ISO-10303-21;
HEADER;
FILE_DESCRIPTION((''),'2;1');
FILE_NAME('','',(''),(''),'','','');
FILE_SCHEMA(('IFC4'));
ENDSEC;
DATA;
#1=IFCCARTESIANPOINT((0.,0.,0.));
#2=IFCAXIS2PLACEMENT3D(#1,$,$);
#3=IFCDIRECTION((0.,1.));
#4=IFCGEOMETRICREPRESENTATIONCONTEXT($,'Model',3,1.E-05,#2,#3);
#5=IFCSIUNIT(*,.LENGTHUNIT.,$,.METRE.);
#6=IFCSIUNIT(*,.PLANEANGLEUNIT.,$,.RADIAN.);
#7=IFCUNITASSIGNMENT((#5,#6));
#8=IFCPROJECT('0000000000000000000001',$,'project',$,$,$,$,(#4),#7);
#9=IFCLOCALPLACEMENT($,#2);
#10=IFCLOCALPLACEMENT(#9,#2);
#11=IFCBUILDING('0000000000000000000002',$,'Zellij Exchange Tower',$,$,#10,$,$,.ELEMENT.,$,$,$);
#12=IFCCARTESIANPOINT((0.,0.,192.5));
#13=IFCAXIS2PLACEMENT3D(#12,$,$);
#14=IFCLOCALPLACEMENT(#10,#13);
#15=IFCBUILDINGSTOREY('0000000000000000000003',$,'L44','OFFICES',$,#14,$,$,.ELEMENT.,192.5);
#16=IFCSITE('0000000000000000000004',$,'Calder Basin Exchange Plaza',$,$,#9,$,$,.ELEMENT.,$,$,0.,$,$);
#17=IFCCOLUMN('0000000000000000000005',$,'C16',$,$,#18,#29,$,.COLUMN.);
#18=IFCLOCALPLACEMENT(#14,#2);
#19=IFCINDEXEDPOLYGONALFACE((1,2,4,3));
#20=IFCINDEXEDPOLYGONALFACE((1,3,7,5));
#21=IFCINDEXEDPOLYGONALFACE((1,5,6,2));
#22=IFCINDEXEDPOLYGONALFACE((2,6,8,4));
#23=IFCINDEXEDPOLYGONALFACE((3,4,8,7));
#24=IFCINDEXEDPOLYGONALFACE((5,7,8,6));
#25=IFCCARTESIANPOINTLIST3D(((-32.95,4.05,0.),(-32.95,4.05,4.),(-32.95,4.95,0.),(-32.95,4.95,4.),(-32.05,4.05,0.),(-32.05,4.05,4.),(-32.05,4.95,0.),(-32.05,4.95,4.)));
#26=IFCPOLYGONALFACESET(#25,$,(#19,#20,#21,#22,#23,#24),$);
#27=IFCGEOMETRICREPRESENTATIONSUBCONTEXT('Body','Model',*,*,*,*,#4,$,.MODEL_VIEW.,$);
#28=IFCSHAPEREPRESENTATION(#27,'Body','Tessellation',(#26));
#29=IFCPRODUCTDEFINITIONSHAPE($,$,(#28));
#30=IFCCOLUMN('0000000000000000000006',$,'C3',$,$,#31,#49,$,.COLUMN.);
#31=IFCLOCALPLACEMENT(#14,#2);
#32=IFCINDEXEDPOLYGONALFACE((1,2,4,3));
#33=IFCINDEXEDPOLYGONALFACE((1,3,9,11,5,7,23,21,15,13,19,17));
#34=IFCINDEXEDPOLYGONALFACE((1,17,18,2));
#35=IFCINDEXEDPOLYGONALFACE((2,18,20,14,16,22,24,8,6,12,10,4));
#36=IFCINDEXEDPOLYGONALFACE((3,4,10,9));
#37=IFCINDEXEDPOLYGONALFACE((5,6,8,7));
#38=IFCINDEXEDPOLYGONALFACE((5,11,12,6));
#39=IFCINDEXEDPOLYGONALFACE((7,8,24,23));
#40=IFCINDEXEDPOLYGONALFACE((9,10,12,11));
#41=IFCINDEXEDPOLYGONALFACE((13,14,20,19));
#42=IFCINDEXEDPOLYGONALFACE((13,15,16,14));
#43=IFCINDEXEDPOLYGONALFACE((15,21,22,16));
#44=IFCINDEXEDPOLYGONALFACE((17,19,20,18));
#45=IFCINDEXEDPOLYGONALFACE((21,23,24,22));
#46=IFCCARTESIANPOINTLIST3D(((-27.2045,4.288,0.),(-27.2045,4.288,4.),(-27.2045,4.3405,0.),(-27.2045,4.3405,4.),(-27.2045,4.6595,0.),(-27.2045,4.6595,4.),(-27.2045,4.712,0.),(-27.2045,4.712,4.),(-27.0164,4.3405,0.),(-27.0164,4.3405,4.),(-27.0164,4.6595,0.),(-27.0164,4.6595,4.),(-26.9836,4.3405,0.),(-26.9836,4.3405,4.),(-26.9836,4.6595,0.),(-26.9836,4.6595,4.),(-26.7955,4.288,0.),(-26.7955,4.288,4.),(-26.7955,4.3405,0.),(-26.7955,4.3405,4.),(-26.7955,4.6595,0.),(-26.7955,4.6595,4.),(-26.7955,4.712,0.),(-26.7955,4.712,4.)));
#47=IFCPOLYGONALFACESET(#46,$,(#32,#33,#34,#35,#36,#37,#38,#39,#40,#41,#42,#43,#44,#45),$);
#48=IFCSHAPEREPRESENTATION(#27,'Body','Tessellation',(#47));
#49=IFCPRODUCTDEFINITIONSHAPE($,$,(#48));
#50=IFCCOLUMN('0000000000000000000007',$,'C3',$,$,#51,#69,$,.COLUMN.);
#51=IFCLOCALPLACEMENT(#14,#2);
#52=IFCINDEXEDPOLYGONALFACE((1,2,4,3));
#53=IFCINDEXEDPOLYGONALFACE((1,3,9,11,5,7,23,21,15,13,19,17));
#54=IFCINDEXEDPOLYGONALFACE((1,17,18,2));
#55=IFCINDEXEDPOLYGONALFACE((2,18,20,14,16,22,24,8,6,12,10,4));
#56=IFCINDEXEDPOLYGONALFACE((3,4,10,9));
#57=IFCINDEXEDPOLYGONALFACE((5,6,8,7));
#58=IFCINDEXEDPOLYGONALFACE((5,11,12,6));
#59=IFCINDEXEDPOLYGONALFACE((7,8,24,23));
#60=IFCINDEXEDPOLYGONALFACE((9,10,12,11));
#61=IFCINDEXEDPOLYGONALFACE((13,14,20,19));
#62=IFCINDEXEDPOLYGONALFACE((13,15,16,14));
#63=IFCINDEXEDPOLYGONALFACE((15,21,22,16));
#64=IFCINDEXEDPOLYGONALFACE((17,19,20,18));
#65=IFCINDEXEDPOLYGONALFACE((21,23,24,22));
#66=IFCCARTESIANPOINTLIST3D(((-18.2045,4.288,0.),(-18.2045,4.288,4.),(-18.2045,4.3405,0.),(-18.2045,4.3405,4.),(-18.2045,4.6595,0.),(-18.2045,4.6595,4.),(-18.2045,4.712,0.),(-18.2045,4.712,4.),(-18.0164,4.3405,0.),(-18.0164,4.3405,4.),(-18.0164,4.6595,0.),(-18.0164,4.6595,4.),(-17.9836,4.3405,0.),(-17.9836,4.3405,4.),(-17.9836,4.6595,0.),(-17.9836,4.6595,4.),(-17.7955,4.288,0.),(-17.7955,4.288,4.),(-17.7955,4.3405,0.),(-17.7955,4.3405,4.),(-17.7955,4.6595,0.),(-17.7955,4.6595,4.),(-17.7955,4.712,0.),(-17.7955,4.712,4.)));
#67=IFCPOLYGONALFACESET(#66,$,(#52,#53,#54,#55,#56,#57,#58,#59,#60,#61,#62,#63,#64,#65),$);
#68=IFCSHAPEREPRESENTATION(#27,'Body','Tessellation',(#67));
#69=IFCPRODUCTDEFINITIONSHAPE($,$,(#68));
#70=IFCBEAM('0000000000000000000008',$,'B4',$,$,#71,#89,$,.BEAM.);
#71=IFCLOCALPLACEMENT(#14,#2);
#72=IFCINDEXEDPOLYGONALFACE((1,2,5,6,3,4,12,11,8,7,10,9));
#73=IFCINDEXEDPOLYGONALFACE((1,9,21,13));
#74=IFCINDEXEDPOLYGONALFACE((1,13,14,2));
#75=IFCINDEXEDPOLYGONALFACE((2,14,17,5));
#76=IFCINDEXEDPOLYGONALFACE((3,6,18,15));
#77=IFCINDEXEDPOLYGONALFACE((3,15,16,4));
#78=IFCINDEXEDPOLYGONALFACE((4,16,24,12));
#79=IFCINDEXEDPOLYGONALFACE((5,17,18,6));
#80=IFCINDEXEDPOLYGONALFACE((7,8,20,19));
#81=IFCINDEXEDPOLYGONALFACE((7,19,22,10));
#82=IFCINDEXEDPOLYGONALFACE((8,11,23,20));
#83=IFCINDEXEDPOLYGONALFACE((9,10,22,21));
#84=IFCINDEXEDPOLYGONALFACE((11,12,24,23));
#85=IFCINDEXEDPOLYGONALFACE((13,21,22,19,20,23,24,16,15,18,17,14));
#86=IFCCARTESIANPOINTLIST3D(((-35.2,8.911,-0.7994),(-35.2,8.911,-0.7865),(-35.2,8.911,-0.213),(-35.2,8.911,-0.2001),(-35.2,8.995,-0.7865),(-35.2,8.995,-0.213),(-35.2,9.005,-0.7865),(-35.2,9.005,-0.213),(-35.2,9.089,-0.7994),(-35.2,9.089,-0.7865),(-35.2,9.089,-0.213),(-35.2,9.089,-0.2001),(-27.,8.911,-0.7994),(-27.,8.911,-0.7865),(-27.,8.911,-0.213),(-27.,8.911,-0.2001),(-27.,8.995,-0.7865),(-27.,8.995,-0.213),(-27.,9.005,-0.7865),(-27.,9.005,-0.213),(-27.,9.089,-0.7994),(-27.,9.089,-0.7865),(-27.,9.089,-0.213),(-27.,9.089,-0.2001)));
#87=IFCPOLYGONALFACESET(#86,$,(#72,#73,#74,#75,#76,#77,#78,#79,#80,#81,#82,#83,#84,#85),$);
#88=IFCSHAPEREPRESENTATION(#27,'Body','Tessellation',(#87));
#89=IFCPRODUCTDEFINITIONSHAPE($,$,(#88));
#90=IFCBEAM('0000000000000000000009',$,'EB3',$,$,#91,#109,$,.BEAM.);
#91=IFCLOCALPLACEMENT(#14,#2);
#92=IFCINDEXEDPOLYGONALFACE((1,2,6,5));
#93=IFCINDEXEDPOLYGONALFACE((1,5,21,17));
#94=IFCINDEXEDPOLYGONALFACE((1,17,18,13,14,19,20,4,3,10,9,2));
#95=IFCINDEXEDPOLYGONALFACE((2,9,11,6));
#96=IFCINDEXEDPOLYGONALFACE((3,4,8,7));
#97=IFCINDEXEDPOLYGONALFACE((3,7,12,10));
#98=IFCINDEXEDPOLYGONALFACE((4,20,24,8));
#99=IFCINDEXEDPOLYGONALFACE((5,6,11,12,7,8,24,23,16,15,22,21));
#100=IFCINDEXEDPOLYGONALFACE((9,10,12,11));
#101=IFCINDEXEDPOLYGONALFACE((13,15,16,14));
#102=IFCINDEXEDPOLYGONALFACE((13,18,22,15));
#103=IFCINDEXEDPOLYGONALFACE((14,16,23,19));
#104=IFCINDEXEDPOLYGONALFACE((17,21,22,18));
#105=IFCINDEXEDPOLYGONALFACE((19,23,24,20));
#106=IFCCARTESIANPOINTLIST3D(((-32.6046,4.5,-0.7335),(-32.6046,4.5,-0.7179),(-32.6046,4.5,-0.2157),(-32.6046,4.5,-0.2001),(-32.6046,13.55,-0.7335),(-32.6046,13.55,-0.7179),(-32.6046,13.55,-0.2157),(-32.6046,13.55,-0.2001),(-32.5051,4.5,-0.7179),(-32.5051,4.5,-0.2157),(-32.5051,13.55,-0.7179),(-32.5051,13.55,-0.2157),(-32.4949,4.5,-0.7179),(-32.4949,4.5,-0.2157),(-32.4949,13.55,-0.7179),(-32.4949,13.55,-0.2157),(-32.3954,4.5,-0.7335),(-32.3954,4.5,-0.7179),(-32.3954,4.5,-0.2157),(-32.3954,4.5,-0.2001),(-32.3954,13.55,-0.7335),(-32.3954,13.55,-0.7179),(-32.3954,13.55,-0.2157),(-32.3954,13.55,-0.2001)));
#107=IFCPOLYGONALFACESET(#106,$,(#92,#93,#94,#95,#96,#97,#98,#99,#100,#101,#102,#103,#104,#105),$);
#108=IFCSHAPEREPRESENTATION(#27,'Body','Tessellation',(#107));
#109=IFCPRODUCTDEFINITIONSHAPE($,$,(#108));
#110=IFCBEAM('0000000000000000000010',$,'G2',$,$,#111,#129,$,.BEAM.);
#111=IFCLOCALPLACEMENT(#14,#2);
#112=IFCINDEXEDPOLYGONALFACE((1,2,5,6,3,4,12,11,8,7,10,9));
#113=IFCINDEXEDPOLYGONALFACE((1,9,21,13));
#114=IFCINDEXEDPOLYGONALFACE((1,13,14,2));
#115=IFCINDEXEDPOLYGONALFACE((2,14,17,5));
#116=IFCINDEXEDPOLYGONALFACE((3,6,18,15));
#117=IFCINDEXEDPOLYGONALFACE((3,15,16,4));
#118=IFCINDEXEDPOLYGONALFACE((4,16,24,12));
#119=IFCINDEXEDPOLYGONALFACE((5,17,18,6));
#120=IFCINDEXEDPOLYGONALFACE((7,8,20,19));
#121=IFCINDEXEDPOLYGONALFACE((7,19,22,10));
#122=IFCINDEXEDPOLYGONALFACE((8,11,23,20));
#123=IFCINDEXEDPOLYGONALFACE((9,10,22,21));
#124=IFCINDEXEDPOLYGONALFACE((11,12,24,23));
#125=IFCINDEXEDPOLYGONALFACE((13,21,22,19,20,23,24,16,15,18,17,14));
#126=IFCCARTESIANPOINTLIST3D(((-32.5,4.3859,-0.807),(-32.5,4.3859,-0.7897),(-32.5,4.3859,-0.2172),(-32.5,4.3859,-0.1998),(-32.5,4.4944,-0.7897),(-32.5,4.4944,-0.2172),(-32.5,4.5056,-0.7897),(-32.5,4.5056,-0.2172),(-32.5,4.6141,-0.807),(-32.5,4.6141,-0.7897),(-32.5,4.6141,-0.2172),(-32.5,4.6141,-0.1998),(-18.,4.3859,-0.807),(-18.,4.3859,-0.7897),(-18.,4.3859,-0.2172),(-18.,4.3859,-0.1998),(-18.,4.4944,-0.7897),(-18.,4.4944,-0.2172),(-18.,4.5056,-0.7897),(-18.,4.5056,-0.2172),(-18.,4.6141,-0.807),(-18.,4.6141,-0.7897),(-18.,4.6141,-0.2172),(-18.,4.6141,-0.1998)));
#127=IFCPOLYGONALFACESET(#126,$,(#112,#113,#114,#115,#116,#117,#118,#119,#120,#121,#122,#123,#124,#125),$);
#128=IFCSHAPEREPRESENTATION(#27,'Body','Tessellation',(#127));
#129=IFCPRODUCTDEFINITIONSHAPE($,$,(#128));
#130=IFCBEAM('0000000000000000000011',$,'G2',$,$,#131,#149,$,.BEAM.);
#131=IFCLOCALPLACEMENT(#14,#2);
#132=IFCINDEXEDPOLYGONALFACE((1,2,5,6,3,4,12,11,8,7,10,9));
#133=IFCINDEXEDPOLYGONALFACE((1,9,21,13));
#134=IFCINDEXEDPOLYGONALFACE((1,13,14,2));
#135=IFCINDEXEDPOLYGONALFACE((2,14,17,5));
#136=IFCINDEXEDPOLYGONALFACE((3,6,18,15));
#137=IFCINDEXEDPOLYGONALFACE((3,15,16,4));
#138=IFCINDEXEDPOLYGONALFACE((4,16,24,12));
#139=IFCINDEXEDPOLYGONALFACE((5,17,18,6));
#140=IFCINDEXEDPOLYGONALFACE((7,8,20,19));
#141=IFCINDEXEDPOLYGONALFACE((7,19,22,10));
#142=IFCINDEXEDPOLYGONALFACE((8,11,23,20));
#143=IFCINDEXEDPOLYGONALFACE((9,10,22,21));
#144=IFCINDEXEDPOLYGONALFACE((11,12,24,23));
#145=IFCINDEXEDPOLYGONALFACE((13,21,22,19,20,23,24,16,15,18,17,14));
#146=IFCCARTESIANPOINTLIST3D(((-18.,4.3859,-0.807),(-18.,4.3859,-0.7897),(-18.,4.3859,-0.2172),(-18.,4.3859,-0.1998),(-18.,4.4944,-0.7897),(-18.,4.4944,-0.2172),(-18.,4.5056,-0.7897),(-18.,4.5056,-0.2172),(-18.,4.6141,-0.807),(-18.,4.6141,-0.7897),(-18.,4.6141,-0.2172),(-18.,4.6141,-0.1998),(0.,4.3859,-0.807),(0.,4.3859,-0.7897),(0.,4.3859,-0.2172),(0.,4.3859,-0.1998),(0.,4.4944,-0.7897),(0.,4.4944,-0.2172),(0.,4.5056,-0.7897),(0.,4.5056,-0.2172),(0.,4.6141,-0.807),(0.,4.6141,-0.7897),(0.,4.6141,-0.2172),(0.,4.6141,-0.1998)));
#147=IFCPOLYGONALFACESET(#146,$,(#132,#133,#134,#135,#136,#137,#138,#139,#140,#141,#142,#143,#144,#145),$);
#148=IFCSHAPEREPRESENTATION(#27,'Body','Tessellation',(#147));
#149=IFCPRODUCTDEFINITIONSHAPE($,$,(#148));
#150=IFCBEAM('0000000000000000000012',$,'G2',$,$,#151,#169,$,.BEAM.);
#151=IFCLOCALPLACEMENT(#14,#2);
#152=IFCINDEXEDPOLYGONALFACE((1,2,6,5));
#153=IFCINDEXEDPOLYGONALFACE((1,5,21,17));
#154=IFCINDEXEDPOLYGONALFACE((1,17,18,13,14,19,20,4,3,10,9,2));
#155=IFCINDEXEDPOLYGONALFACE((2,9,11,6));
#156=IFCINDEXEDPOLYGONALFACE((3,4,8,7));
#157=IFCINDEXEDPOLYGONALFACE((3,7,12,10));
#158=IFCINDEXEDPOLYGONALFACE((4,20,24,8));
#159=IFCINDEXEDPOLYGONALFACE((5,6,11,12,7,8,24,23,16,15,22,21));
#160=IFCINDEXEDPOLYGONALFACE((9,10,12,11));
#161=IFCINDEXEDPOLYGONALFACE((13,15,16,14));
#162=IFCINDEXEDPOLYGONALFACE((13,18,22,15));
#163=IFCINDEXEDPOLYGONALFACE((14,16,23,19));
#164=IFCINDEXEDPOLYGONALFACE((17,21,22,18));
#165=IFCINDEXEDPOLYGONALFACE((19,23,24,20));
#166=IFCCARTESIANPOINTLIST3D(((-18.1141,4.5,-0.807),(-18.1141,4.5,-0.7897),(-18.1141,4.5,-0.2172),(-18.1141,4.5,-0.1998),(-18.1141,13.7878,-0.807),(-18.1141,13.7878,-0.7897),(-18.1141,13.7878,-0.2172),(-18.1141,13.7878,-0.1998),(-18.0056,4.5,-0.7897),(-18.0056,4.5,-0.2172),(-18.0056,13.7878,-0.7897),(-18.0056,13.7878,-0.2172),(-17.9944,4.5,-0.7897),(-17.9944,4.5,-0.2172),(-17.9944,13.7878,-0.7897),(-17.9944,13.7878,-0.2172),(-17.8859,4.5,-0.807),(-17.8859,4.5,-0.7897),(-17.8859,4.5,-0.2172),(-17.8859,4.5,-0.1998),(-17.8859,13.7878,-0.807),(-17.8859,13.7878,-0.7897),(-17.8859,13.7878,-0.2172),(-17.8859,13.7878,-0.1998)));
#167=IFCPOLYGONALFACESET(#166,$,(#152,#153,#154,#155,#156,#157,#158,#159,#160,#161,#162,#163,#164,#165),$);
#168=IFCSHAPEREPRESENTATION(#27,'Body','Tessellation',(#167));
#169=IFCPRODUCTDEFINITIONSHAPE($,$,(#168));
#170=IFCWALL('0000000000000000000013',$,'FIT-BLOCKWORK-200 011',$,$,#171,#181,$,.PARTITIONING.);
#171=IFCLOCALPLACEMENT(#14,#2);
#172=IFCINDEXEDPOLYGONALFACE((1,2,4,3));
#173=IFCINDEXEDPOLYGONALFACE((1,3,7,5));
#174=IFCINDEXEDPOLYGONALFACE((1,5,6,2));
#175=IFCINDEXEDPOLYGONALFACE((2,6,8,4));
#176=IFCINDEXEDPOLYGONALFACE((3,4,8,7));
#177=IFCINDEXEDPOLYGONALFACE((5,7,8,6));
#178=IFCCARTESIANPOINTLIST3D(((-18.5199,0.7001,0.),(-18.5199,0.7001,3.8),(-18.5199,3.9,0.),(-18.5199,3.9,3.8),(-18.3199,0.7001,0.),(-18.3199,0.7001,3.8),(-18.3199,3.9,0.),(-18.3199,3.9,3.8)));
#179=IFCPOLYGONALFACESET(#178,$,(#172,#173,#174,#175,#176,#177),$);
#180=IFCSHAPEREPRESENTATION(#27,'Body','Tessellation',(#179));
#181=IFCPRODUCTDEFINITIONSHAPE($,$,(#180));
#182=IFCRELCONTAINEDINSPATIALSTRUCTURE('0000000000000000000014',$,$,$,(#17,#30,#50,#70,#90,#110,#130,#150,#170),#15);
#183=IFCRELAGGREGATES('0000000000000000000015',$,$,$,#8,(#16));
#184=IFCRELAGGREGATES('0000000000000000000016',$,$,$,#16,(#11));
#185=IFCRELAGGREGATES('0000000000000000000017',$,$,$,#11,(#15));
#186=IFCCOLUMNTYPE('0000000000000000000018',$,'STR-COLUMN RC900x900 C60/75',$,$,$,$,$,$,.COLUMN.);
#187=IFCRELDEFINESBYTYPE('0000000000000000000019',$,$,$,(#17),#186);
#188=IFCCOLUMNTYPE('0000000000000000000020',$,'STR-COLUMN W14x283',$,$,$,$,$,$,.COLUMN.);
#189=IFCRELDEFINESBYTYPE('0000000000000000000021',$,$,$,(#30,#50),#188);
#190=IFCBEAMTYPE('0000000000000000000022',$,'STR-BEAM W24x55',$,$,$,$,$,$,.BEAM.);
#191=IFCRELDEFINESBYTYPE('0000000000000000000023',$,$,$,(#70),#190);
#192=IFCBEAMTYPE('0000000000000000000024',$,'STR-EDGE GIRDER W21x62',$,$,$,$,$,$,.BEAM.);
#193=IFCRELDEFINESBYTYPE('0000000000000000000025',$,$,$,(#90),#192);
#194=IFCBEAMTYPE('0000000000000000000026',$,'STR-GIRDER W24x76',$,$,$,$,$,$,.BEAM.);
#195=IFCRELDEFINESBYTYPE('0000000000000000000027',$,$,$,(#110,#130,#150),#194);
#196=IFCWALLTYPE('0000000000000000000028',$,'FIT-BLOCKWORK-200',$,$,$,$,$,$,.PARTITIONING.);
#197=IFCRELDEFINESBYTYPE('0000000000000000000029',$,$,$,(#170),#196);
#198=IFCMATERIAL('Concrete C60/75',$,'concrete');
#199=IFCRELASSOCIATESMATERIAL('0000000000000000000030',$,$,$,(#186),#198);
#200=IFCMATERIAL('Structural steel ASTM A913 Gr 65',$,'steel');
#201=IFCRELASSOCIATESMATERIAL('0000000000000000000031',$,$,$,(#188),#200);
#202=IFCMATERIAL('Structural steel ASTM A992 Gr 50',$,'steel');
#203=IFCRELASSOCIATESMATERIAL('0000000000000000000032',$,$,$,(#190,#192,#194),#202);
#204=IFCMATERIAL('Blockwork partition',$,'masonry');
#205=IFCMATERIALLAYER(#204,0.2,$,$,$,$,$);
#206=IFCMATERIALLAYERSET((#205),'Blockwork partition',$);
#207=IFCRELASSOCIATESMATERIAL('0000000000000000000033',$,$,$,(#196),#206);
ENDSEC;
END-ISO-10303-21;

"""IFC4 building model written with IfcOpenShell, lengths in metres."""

from ifc_helpers import new_model, si_unit, direction, frame, frame_2d, origin, origin_2d, place, context, subcontext, project, spatial, rectangle, i_section, extrude, material, layer, layer_set, material_profile, profile_set, type_object, element, save


model = new_model("IFC4")

# Units and contexts
model_context = context("Model", 3, precision=1e-05, world=origin(), true_north=direction((0.0, 1.0)))
body_context = subcontext(model_context, "Body", "Model", "MODEL_VIEW")
ifc_project = project(units=[si_unit("LENGTHUNIT", "METRE"), si_unit("PLANEANGLEUNIT", "RADIAN")], contexts=[model_context])

# Site, building, storey
site_placement = place(None, origin())
site = spatial("IfcSite", under=ifc_project, at=site_placement, Name="Calder Basin Exchange Plaza", CompositionType="ELEMENT", RefElevation=0.0)
building_placement = place(site_placement, origin())
building = spatial("IfcBuilding", under=site, at=building_placement, Name="Zellij Exchange Tower", CompositionType="ELEMENT")
storey_placement = place(building_placement, frame((0.0, 0.0, 192.5)))
storey = spatial("IfcBuildingStorey", under=building, at=storey_placement, Name="L44", Description="OFFICES", CompositionType="ELEMENT", Elevation=192.5)

# Columns
ifc_material_1 = material(Name="Concrete C60/75", Category="concrete")
ifc_material_profile_1 = material_profile(ifc_material_1, rectangle(XDim=0.8999, YDim=0.8999, at=origin_2d()), Name="STR-COLUMN RC900x900 C60/75")
ifc_profile_set_1 = profile_set([ifc_material_profile_1], Name="Concrete C60/75")
column_type_1 = type_object("IfcColumnType", Name="STR-COLUMN RC900x900 C60/75", PredefinedType="COLUMN", material=ifc_profile_set_1)
column_placement = place(storey_placement, frame((-32.5, 4.5, 0.0), z_axis=(0.0, 0.0, 1.0), x_axis=(1.0, 0.0, 0.0)))
element("IfcColumn", 1, at=column_placement, inside=storey, type_object=column_type_1, Name="C16", PredefinedType="COLUMN", context=body_context, shape_type="SweptSolid", body=[
    extrude(rectangle(XDim=0.8999, YDim=0.8999, at=origin_2d()), origin(), (0.0, 0.0, 1.0), 4.0),
])
ifc_material_2 = material(Name="Structural steel ASTM A913 Gr 65", Category="steel")
ifc_material_profile_2 = material_profile(ifc_material_2, i_section(OverallWidth=0.4089, OverallDepth=0.4241, WebThickness=0.0327, FlangeThickness=0.0525, at=origin_2d()), Name="W14x283")
ifc_profile_set_2 = profile_set([ifc_material_profile_2], Name="Structural steel ASTM A913 Gr 65")
column_type_2 = type_object("IfcColumnType", Name="STR-COLUMN W14x283", PredefinedType="COLUMN", material=ifc_profile_set_2)
for number, where, z_axis, x_axis, name in (
    (2, (-27.0, 4.5, 0.0), (0.0, 0.0, 1.0), (1.0, 0.0, 0.0), "C3"),
    (3, (-18.0, 4.5, 0.0), (0.0, 0.0, 1.0), (1.0, 0.0, 0.0), "C3"),
):
    element("IfcColumn", number, at=place(storey_placement, frame(where, z_axis=z_axis, x_axis=x_axis)), inside=storey, type_object=column_type_2, Name=name, PredefinedType="COLUMN", context=body_context, shape_type="SweptSolid", body=[
        extrude(i_section(OverallWidth=0.4089, OverallDepth=0.4241, WebThickness=0.0327, FlangeThickness=0.0525, at=origin_2d()), origin(), (0.0, 0.0, 1.0), 4.0),
    ])

# Beams
ifc_material_3 = material(Name="Structural steel ASTM A992 Gr 50", Category="steel")
ifc_material_profile_3 = material_profile(ifc_material_3, i_section(OverallWidth=0.178, OverallDepth=0.5994, WebThickness=0.01, FlangeThickness=0.0129, at=origin_2d()), Name="W24x55")
ifc_profile_set_3 = profile_set([ifc_material_profile_3], Name="Structural steel ASTM A992 Gr 50")
beam_type_1 = type_object("IfcBeamType", Name="STR-BEAM W24x55", PredefinedType="BEAM", material=ifc_profile_set_3)
beam_1_placement = place(storey_placement, frame((-35.2, 9.0, -0.4998), z_axis=(1.0, 0.0, 0.0), x_axis=(0.0, 1.0, 0.0)))
element("IfcBeam", 4, at=beam_1_placement, inside=storey, type_object=beam_type_1, Name="B4", PredefinedType="BEAM", context=body_context, shape_type="SweptSolid", body=[
    extrude(i_section(OverallWidth=0.178, OverallDepth=0.5994, WebThickness=0.01, FlangeThickness=0.0129, at=origin_2d()), origin(), (0.0, 0.0, 1.0), 8.2),
])
ifc_material_profile_4 = material_profile(ifc_material_3, i_section(OverallWidth=0.2092, OverallDepth=0.5334, WebThickness=0.0103, FlangeThickness=0.0156, at=origin_2d()), Name="W21x62")
ifc_profile_set_4 = profile_set([ifc_material_profile_4], Name="Structural steel ASTM A992 Gr 50")
beam_type_2 = type_object("IfcBeamType", Name="STR-EDGE GIRDER W21x62", PredefinedType="BEAM", material=ifc_profile_set_4)
beam_2_placement = place(storey_placement, frame((-32.5, 4.5, -0.4668), z_axis=(0.0, 1.0, 0.0), x_axis=(-1.0, 0.0, 0.0)))
element("IfcBeam", 5, at=beam_2_placement, inside=storey, type_object=beam_type_2, Name="EB3", PredefinedType="BEAM", context=body_context, shape_type="SweptSolid", body=[
    extrude(i_section(OverallWidth=0.2092, OverallDepth=0.5334, WebThickness=0.0103, FlangeThickness=0.0156, at=origin_2d()), origin(), (0.0, 0.0, 1.0), 9.05),
])
ifc_material_profile_5 = material_profile(ifc_material_3, i_section(OverallWidth=0.2283, OverallDepth=0.6072, WebThickness=0.0112, FlangeThickness=0.0173, at=origin_2d()), Name="W24x76")
ifc_profile_set_5 = profile_set([ifc_material_profile_5], Name="Structural steel ASTM A992 Gr 50")
beam_type_3 = type_object("IfcBeamType", Name="STR-GIRDER W24x76", PredefinedType="BEAM", material=ifc_profile_set_5)
beam_3_placement = place(storey_placement, frame((-32.5, 4.5, -0.5034), z_axis=(1.0, 0.0, 0.0), x_axis=(0.0, 1.0, 0.0)))
element("IfcBeam", 6, at=beam_3_placement, inside=storey, type_object=beam_type_3, Name="G2", PredefinedType="BEAM", context=body_context, shape_type="SweptSolid", body=[
    extrude(i_section(OverallWidth=0.2283, OverallDepth=0.6072, WebThickness=0.0112, FlangeThickness=0.0173, at=origin_2d()), origin(), (0.0, 0.0, 1.0), 14.5),
])
beam_4_placement = place(storey_placement, frame((-18.0, 4.5, -0.5034), z_axis=(1.0, 0.0, 0.0), x_axis=(0.0, 1.0, 0.0)))
element("IfcBeam", 7, at=beam_4_placement, inside=storey, type_object=beam_type_3, Name="G2", PredefinedType="BEAM", context=body_context, shape_type="SweptSolid", body=[
    extrude(i_section(OverallWidth=0.2283, OverallDepth=0.6072, WebThickness=0.0112, FlangeThickness=0.0173, at=origin_2d()), origin(), (0.0, 0.0, 1.0), 18.0),
])
beam_5_placement = place(storey_placement, frame((-18.0, 4.5, -0.5034), z_axis=(0.0, 1.0, 0.0), x_axis=(-1.0, 0.0, 0.0)))
element("IfcBeam", 8, at=beam_5_placement, inside=storey, type_object=beam_type_3, Name="G2", PredefinedType="BEAM", context=body_context, shape_type="SweptSolid", body=[
    extrude(i_section(OverallWidth=0.2283, OverallDepth=0.6072, WebThickness=0.0112, FlangeThickness=0.0173, at=origin_2d()), origin(), (0.0, 0.0, 1.0), 9.2878),
])

# Wall
ifc_material_4 = material(Name="Blockwork partition", Category="masonry")
ifc_layer_1 = layer(ifc_material_4, 0.2)
ifc_layer_set_1 = layer_set([ifc_layer_1], Name="Blockwork partition")
wall_type_1 = type_object("IfcWallType", Name="FIT-BLOCKWORK-200", PredefinedType="PARTITIONING", material=ifc_layer_set_1)
wall_1_placement = place(storey_placement, frame((-18.4199, 0.7, 0.0), z_axis=(0.0, 0.0, 1.0), x_axis=(0.0, 1.0, 0.0)))
element("IfcWall", 9, at=wall_1_placement, inside=storey, type_object=wall_type_1, Name="FIT-BLOCKWORK-200 011", PredefinedType="PARTITIONING", context=body_context, shape_type="SweptSolid", body=[
    extrude(rectangle(XDim=3.2, YDim=0.2, at=frame_2d((1.6001, 0.0))), origin(), (0.0, 0.0, 1.0), 3.8),
])

save(model, "model.ifc")
